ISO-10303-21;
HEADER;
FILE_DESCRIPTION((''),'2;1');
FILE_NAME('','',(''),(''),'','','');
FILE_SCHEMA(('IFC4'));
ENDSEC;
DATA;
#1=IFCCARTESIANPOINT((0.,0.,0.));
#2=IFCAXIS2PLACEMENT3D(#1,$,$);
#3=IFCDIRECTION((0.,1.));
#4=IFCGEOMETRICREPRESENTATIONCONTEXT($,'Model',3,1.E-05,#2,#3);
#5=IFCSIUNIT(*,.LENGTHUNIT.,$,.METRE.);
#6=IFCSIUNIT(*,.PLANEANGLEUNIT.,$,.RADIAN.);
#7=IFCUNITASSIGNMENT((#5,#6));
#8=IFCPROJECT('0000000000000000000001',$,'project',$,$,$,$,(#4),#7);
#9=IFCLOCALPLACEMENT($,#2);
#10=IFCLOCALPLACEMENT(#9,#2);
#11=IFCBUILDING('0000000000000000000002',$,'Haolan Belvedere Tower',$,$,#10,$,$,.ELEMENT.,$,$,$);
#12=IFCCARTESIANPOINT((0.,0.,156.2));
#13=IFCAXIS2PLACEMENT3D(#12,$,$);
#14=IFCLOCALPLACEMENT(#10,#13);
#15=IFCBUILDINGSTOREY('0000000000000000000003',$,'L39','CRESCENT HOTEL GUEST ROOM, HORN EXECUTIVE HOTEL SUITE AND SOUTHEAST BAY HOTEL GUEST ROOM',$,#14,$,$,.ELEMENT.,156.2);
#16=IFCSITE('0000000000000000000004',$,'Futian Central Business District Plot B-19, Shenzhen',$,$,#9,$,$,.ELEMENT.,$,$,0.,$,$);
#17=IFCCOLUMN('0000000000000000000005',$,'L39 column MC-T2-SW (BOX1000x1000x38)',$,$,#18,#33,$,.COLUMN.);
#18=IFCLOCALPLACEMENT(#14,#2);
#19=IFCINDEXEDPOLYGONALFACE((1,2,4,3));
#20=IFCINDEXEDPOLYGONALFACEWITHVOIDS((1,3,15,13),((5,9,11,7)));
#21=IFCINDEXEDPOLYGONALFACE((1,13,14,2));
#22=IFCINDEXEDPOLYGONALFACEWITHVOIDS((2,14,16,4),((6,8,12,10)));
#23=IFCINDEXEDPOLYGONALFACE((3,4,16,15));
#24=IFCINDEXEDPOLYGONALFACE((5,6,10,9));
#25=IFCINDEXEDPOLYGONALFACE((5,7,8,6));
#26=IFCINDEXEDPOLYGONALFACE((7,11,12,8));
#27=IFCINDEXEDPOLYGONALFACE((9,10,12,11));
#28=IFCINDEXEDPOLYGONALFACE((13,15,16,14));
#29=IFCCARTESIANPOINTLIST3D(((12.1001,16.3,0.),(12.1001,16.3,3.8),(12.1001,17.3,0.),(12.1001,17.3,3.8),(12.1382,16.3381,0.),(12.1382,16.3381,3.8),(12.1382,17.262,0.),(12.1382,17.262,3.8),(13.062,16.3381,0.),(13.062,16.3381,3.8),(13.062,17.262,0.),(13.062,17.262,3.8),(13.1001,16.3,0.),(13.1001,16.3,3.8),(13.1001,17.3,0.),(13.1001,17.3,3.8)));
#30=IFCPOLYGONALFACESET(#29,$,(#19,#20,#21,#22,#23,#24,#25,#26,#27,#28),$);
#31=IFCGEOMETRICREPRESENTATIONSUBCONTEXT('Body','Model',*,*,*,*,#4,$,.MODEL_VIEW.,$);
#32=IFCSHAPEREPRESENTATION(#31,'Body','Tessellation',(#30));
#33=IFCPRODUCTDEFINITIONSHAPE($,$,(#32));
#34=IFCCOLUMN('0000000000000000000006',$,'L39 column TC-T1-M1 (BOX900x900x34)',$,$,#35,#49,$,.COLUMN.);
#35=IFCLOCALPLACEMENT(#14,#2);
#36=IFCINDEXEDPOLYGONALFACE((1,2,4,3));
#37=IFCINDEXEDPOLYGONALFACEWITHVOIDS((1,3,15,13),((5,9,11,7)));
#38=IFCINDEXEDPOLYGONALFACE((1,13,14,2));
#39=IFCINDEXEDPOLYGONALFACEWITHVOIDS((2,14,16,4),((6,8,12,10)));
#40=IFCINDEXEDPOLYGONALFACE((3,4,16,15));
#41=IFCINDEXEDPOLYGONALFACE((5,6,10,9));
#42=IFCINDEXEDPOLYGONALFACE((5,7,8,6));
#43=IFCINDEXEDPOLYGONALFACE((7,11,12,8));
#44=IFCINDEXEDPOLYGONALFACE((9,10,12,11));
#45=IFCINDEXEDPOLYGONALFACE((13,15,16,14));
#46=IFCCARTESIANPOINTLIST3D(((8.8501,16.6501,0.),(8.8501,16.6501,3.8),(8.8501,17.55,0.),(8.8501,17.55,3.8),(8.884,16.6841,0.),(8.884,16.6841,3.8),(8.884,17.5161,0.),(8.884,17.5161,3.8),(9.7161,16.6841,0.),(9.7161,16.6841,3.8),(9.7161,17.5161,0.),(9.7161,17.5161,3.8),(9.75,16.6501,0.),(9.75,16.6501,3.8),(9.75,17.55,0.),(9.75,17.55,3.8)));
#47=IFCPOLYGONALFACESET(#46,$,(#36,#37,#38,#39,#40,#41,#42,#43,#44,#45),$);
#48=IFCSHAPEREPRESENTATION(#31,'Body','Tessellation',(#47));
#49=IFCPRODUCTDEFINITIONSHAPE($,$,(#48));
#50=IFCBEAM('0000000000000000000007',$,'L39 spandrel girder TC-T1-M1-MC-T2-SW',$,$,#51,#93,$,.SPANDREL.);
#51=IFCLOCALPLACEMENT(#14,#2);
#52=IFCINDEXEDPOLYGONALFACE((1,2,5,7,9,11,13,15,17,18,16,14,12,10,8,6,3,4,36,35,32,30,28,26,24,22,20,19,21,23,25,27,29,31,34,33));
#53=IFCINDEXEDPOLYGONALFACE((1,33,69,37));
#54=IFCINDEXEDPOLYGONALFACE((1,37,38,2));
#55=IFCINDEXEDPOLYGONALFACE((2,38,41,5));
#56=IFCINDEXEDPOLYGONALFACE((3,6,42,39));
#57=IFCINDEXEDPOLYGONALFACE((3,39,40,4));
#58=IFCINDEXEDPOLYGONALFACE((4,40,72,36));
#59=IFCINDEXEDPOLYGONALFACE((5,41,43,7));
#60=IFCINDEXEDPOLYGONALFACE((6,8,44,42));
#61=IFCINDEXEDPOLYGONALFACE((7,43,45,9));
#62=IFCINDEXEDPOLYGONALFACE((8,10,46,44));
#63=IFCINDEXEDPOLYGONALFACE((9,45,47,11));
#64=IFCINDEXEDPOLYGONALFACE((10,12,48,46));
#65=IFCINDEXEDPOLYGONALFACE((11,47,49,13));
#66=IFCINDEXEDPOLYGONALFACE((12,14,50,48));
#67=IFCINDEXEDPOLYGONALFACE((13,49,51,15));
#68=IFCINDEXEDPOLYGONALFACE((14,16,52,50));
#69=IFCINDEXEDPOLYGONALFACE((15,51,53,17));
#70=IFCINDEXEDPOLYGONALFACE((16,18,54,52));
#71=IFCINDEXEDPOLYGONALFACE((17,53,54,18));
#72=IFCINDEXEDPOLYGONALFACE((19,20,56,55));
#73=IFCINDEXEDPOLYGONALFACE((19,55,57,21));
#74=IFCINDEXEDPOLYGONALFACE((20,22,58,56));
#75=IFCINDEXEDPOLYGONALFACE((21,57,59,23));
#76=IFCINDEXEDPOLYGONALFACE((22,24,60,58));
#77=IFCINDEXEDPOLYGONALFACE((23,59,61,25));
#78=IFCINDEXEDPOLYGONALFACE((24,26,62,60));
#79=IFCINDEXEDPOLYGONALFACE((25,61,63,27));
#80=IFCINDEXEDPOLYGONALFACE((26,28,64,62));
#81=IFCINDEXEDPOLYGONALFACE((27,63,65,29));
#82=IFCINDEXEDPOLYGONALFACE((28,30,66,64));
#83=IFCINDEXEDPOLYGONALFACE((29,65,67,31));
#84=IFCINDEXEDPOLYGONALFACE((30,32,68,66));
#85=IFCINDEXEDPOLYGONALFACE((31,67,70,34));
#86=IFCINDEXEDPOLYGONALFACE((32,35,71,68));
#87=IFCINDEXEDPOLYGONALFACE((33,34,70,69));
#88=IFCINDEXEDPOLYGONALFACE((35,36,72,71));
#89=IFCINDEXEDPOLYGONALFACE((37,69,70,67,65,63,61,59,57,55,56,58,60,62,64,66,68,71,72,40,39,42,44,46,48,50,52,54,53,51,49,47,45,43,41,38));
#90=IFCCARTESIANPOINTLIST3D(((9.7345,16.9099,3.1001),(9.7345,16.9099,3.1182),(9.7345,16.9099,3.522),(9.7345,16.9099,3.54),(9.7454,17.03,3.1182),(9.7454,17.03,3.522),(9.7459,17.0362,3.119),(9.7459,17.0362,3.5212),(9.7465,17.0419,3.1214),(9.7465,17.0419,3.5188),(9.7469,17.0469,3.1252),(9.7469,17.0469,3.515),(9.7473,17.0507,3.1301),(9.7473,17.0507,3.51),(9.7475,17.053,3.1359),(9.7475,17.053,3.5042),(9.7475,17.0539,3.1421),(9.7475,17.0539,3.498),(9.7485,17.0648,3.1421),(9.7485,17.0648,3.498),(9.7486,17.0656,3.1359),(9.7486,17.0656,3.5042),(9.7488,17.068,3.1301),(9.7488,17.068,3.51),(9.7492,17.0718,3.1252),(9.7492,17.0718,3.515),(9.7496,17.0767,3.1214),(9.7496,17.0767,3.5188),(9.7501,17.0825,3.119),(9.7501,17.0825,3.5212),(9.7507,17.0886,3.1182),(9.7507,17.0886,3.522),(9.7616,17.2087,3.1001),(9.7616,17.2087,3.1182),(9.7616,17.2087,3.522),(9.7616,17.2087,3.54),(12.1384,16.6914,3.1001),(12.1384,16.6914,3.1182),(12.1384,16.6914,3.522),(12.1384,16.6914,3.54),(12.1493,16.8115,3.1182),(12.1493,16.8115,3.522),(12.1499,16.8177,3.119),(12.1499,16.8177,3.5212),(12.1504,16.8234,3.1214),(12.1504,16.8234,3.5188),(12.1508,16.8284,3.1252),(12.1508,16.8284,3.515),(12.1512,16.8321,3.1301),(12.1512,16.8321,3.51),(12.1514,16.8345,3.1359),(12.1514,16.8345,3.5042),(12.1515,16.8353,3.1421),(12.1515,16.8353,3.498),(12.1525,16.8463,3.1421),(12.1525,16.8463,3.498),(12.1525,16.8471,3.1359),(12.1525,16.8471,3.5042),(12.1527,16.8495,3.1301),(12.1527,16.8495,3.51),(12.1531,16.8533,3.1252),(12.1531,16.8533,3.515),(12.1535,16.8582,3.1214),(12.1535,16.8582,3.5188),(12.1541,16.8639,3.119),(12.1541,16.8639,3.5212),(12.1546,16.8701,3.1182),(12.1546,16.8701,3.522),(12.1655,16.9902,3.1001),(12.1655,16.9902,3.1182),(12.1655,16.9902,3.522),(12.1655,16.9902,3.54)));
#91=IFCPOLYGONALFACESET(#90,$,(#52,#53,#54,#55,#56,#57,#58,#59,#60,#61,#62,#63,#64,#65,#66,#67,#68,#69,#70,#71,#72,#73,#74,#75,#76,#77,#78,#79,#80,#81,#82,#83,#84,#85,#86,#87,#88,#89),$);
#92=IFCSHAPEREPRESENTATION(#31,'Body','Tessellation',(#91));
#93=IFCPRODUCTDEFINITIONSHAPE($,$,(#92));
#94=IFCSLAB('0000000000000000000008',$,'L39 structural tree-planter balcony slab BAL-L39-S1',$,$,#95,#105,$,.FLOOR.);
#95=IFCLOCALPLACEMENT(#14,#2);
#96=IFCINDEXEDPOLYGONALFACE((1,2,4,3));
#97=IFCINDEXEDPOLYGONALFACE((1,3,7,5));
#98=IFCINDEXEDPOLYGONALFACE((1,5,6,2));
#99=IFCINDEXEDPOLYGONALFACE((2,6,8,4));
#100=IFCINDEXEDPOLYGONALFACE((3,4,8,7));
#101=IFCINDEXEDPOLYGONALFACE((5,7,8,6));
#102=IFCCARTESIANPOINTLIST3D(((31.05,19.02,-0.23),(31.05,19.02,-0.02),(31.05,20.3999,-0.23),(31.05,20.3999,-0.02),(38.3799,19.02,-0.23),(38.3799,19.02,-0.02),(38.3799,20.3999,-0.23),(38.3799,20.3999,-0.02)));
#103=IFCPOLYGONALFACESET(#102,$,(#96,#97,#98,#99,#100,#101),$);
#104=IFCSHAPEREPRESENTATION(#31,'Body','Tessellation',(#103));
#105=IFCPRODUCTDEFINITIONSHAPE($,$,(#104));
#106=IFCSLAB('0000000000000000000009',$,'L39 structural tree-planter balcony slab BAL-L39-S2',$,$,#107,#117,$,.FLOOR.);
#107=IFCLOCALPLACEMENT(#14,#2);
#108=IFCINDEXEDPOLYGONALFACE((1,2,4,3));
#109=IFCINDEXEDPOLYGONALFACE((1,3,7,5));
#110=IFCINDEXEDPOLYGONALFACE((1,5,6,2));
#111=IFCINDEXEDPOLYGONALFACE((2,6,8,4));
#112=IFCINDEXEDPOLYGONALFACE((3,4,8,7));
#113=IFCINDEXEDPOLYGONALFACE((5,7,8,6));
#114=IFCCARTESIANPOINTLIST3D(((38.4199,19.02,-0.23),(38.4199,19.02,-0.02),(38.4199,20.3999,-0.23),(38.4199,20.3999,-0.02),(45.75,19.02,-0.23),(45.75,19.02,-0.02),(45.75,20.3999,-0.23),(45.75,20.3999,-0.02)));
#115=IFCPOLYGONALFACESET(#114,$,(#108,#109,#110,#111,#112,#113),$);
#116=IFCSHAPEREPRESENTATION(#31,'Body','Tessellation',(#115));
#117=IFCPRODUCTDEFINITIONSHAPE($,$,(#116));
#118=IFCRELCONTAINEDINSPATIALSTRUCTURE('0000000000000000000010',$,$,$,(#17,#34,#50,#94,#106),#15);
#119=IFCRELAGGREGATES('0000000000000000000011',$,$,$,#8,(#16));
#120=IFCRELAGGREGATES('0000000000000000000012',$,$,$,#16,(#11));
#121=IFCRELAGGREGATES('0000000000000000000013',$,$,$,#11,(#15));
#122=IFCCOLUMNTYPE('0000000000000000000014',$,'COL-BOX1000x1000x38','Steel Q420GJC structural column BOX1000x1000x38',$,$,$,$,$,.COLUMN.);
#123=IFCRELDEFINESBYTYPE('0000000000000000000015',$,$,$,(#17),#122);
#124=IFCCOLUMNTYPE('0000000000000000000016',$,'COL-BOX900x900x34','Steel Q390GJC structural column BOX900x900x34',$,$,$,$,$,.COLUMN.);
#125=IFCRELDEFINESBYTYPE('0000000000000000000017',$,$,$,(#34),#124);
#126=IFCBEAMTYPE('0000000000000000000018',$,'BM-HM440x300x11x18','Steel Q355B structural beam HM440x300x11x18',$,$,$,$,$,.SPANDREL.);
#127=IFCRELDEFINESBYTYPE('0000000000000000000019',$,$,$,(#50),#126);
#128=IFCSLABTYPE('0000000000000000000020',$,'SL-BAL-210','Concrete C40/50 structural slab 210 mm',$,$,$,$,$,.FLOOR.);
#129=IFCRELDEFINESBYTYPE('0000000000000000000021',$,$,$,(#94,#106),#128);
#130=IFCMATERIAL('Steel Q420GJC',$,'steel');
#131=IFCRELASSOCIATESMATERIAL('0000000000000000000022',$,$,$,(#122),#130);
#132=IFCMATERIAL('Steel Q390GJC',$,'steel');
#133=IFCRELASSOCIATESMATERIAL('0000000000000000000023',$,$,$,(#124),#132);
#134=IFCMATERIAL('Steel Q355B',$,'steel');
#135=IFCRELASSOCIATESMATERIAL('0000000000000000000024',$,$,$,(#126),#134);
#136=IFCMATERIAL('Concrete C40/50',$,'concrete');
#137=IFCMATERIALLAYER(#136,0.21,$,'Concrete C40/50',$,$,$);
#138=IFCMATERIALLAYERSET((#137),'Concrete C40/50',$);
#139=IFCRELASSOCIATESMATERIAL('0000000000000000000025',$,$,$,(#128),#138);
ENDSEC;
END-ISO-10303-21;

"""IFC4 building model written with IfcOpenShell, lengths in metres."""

from ifc_helpers import new_model, si_unit, direction, frame, origin, origin_2d, place, context, subcontext, project, spatial, polyline, hollow_rectangle, i_section, outline, extrude, material, layer, layer_set, material_profile, profile_set, type_object, element, save


model = new_model("IFC4")

# Units and contexts
model_context = context("Model", 3, precision=1e-05, world=origin(), true_north=direction((0.0, 1.0)))
body_context = subcontext(model_context, "Body", "Model", "MODEL_VIEW")
ifc_project = project(units=[si_unit("LENGTHUNIT", "METRE"), si_unit("PLANEANGLEUNIT", "RADIAN")], contexts=[model_context])

# Site, building, storey
site_placement = place(None, origin())
site = spatial("IfcSite", under=ifc_project, at=site_placement, Name="Futian Central Business District Plot B-19, Shenzhen", CompositionType="ELEMENT", RefElevation=0.0)
building_placement = place(site_placement, origin())
building = spatial("IfcBuilding", under=site, at=building_placement, Name="Haolan Belvedere Tower", CompositionType="ELEMENT")
storey_placement = place(building_placement, frame((0.0, 0.0, 156.2)))
storey = spatial("IfcBuildingStorey", under=building, at=storey_placement, Name="L39", Description="CRESCENT HOTEL GUEST ROOM, HORN EXECUTIVE HOTEL SUITE AND SOUTHEAST BAY HOTEL GUEST ROOM", CompositionType="ELEMENT", Elevation=156.2)

# Columns
ifc_material_1 = material(Name="Steel Q420GJC", Category="steel")
ifc_material_profile_1 = material_profile(ifc_material_1, hollow_rectangle(XDim=1.0, YDim=1.0, WallThickness=0.0381, at=origin_2d()), Name="Steel Q420GJC")
ifc_profile_set_1 = profile_set([ifc_material_profile_1], Name="Steel Q420GJC")
column_type_1 = type_object("IfcColumnType", Name="COL-BOX1000x1000x38", Description="Steel Q420GJC structural column BOX1000x1000x38", PredefinedType="COLUMN", material=ifc_profile_set_1)
column_1_placement = place(storey_placement, frame((12.6001, 16.8, 0.0), z_axis=(0.0, 0.0, 1.0), x_axis=(1.0, 0.0, 0.0)))
element("IfcColumn", 1, at=column_1_placement, inside=storey, type_object=column_type_1, Name="L39 column MC-T2-SW (BOX1000x1000x38)", PredefinedType="COLUMN", context=body_context, shape_type="SweptSolid", body=[
    extrude(hollow_rectangle(XDim=1.0, YDim=1.0, WallThickness=0.0381, at=origin_2d()), origin(), (0.0, 0.0, 1.0), 3.8),
])
ifc_material_2 = material(Name="Steel Q390GJC", Category="steel")
ifc_material_profile_2 = material_profile(ifc_material_2, hollow_rectangle(XDim=0.8999, YDim=0.8999, WallThickness=0.0339, at=origin_2d()), Name="Steel Q390GJC")
ifc_profile_set_2 = profile_set([ifc_material_profile_2], Name="Steel Q390GJC")
column_type_2 = type_object("IfcColumnType", Name="COL-BOX900x900x34", Description="Steel Q390GJC structural column BOX900x900x34", PredefinedType="COLUMN", material=ifc_profile_set_2)
column_2_placement = place(storey_placement, frame((9.3, 17.1001, 0.0), z_axis=(0.0, 0.0, 1.0), x_axis=(1.0, 0.0, 0.0)))
element("IfcColumn", 2, at=column_2_placement, inside=storey, type_object=column_type_2, Name="L39 column TC-T1-M1 (BOX900x900x34)", PredefinedType="COLUMN", context=body_context, shape_type="SweptSolid", body=[
    extrude(hollow_rectangle(XDim=0.8999, YDim=0.8999, WallThickness=0.0339, at=origin_2d()), origin(), (0.0, 0.0, 1.0), 3.8),
])

# Beam
ifc_material_3 = material(Name="Steel Q355B", Category="steel")
ifc_material_profile_3 = material_profile(ifc_material_3, i_section(OverallWidth=0.3, OverallDepth=0.4399, WebThickness=0.011, FlangeThickness=0.0181, FilletRadius=0.0239, at=origin_2d()), Name="Steel Q355B")
ifc_profile_set_3 = profile_set([ifc_material_profile_3], Name="Steel Q355B")
beam_type = type_object("IfcBeamType", Name="BM-HM440x300x11x18", Description="Steel Q355B structural beam HM440x300x11x18", PredefinedType="SPANDREL", material=ifc_profile_set_3)
beam_placement = place(storey_placement, frame((9.748, 17.0593, 3.3201), z_axis=(0.995894, -0.090527, 0.0), x_axis=(0.090527, 0.995894, 0.0)))
element("IfcBeam", 3, at=beam_placement, inside=storey, type_object=beam_type, Name="L39 spandrel girder TC-T1-M1-MC-T2-SW", PredefinedType="SPANDREL", context=body_context, shape_type="SweptSolid", body=[
    extrude(i_section(OverallWidth=0.3, OverallDepth=0.4399, WebThickness=0.011, FlangeThickness=0.0181, FilletRadius=0.0239, at=origin_2d()), origin(), (0.0, 0.0, 1.0), 2.4138),
])

# Slabs
ifc_material_4 = material(Name="Concrete C40/50", Category="concrete")
ifc_layer_1 = layer(ifc_material_4, 0.21, Name="Concrete C40/50")
ifc_layer_set_1 = layer_set([ifc_layer_1], Name="Concrete C40/50")
slab_type_1 = type_object("IfcSlabType", Name="SL-BAL-210", Description="Concrete C40/50 structural slab 210 mm", PredefinedType="FLOOR", material=ifc_layer_set_1)
slab_1_placement = place(storey_placement, frame((0.0, 0.0, -0.23)))
element("IfcSlab", 4, at=slab_1_placement, inside=storey, type_object=slab_type_1, Name="L39 structural tree-planter balcony slab BAL-L39-S1", PredefinedType="FLOOR", context=body_context, shape_type="SweptSolid", body=[
    extrude(outline(polyline([(31.05, 19.02), (38.3799, 19.02), (38.3799, 20.3999), (31.05, 20.3999), (31.05, 19.02)])), origin(), (0.0, 0.0, 1.0), 0.21),
])
slab_2_placement = place(storey_placement, frame((0.0, 0.0, -0.23)))
element("IfcSlab", 5, at=slab_2_placement, inside=storey, type_object=slab_type_1, Name="L39 structural tree-planter balcony slab BAL-L39-S2", PredefinedType="FLOOR", context=body_context, shape_type="SweptSolid", body=[
    extrude(outline(polyline([(38.4199, 19.02), (45.75, 19.02), (45.75, 20.3999), (38.4199, 20.3999), (38.4199, 19.02)])), origin(), (0.0, 0.0, 1.0), 0.21),
])

save(model, "model.ifc")
